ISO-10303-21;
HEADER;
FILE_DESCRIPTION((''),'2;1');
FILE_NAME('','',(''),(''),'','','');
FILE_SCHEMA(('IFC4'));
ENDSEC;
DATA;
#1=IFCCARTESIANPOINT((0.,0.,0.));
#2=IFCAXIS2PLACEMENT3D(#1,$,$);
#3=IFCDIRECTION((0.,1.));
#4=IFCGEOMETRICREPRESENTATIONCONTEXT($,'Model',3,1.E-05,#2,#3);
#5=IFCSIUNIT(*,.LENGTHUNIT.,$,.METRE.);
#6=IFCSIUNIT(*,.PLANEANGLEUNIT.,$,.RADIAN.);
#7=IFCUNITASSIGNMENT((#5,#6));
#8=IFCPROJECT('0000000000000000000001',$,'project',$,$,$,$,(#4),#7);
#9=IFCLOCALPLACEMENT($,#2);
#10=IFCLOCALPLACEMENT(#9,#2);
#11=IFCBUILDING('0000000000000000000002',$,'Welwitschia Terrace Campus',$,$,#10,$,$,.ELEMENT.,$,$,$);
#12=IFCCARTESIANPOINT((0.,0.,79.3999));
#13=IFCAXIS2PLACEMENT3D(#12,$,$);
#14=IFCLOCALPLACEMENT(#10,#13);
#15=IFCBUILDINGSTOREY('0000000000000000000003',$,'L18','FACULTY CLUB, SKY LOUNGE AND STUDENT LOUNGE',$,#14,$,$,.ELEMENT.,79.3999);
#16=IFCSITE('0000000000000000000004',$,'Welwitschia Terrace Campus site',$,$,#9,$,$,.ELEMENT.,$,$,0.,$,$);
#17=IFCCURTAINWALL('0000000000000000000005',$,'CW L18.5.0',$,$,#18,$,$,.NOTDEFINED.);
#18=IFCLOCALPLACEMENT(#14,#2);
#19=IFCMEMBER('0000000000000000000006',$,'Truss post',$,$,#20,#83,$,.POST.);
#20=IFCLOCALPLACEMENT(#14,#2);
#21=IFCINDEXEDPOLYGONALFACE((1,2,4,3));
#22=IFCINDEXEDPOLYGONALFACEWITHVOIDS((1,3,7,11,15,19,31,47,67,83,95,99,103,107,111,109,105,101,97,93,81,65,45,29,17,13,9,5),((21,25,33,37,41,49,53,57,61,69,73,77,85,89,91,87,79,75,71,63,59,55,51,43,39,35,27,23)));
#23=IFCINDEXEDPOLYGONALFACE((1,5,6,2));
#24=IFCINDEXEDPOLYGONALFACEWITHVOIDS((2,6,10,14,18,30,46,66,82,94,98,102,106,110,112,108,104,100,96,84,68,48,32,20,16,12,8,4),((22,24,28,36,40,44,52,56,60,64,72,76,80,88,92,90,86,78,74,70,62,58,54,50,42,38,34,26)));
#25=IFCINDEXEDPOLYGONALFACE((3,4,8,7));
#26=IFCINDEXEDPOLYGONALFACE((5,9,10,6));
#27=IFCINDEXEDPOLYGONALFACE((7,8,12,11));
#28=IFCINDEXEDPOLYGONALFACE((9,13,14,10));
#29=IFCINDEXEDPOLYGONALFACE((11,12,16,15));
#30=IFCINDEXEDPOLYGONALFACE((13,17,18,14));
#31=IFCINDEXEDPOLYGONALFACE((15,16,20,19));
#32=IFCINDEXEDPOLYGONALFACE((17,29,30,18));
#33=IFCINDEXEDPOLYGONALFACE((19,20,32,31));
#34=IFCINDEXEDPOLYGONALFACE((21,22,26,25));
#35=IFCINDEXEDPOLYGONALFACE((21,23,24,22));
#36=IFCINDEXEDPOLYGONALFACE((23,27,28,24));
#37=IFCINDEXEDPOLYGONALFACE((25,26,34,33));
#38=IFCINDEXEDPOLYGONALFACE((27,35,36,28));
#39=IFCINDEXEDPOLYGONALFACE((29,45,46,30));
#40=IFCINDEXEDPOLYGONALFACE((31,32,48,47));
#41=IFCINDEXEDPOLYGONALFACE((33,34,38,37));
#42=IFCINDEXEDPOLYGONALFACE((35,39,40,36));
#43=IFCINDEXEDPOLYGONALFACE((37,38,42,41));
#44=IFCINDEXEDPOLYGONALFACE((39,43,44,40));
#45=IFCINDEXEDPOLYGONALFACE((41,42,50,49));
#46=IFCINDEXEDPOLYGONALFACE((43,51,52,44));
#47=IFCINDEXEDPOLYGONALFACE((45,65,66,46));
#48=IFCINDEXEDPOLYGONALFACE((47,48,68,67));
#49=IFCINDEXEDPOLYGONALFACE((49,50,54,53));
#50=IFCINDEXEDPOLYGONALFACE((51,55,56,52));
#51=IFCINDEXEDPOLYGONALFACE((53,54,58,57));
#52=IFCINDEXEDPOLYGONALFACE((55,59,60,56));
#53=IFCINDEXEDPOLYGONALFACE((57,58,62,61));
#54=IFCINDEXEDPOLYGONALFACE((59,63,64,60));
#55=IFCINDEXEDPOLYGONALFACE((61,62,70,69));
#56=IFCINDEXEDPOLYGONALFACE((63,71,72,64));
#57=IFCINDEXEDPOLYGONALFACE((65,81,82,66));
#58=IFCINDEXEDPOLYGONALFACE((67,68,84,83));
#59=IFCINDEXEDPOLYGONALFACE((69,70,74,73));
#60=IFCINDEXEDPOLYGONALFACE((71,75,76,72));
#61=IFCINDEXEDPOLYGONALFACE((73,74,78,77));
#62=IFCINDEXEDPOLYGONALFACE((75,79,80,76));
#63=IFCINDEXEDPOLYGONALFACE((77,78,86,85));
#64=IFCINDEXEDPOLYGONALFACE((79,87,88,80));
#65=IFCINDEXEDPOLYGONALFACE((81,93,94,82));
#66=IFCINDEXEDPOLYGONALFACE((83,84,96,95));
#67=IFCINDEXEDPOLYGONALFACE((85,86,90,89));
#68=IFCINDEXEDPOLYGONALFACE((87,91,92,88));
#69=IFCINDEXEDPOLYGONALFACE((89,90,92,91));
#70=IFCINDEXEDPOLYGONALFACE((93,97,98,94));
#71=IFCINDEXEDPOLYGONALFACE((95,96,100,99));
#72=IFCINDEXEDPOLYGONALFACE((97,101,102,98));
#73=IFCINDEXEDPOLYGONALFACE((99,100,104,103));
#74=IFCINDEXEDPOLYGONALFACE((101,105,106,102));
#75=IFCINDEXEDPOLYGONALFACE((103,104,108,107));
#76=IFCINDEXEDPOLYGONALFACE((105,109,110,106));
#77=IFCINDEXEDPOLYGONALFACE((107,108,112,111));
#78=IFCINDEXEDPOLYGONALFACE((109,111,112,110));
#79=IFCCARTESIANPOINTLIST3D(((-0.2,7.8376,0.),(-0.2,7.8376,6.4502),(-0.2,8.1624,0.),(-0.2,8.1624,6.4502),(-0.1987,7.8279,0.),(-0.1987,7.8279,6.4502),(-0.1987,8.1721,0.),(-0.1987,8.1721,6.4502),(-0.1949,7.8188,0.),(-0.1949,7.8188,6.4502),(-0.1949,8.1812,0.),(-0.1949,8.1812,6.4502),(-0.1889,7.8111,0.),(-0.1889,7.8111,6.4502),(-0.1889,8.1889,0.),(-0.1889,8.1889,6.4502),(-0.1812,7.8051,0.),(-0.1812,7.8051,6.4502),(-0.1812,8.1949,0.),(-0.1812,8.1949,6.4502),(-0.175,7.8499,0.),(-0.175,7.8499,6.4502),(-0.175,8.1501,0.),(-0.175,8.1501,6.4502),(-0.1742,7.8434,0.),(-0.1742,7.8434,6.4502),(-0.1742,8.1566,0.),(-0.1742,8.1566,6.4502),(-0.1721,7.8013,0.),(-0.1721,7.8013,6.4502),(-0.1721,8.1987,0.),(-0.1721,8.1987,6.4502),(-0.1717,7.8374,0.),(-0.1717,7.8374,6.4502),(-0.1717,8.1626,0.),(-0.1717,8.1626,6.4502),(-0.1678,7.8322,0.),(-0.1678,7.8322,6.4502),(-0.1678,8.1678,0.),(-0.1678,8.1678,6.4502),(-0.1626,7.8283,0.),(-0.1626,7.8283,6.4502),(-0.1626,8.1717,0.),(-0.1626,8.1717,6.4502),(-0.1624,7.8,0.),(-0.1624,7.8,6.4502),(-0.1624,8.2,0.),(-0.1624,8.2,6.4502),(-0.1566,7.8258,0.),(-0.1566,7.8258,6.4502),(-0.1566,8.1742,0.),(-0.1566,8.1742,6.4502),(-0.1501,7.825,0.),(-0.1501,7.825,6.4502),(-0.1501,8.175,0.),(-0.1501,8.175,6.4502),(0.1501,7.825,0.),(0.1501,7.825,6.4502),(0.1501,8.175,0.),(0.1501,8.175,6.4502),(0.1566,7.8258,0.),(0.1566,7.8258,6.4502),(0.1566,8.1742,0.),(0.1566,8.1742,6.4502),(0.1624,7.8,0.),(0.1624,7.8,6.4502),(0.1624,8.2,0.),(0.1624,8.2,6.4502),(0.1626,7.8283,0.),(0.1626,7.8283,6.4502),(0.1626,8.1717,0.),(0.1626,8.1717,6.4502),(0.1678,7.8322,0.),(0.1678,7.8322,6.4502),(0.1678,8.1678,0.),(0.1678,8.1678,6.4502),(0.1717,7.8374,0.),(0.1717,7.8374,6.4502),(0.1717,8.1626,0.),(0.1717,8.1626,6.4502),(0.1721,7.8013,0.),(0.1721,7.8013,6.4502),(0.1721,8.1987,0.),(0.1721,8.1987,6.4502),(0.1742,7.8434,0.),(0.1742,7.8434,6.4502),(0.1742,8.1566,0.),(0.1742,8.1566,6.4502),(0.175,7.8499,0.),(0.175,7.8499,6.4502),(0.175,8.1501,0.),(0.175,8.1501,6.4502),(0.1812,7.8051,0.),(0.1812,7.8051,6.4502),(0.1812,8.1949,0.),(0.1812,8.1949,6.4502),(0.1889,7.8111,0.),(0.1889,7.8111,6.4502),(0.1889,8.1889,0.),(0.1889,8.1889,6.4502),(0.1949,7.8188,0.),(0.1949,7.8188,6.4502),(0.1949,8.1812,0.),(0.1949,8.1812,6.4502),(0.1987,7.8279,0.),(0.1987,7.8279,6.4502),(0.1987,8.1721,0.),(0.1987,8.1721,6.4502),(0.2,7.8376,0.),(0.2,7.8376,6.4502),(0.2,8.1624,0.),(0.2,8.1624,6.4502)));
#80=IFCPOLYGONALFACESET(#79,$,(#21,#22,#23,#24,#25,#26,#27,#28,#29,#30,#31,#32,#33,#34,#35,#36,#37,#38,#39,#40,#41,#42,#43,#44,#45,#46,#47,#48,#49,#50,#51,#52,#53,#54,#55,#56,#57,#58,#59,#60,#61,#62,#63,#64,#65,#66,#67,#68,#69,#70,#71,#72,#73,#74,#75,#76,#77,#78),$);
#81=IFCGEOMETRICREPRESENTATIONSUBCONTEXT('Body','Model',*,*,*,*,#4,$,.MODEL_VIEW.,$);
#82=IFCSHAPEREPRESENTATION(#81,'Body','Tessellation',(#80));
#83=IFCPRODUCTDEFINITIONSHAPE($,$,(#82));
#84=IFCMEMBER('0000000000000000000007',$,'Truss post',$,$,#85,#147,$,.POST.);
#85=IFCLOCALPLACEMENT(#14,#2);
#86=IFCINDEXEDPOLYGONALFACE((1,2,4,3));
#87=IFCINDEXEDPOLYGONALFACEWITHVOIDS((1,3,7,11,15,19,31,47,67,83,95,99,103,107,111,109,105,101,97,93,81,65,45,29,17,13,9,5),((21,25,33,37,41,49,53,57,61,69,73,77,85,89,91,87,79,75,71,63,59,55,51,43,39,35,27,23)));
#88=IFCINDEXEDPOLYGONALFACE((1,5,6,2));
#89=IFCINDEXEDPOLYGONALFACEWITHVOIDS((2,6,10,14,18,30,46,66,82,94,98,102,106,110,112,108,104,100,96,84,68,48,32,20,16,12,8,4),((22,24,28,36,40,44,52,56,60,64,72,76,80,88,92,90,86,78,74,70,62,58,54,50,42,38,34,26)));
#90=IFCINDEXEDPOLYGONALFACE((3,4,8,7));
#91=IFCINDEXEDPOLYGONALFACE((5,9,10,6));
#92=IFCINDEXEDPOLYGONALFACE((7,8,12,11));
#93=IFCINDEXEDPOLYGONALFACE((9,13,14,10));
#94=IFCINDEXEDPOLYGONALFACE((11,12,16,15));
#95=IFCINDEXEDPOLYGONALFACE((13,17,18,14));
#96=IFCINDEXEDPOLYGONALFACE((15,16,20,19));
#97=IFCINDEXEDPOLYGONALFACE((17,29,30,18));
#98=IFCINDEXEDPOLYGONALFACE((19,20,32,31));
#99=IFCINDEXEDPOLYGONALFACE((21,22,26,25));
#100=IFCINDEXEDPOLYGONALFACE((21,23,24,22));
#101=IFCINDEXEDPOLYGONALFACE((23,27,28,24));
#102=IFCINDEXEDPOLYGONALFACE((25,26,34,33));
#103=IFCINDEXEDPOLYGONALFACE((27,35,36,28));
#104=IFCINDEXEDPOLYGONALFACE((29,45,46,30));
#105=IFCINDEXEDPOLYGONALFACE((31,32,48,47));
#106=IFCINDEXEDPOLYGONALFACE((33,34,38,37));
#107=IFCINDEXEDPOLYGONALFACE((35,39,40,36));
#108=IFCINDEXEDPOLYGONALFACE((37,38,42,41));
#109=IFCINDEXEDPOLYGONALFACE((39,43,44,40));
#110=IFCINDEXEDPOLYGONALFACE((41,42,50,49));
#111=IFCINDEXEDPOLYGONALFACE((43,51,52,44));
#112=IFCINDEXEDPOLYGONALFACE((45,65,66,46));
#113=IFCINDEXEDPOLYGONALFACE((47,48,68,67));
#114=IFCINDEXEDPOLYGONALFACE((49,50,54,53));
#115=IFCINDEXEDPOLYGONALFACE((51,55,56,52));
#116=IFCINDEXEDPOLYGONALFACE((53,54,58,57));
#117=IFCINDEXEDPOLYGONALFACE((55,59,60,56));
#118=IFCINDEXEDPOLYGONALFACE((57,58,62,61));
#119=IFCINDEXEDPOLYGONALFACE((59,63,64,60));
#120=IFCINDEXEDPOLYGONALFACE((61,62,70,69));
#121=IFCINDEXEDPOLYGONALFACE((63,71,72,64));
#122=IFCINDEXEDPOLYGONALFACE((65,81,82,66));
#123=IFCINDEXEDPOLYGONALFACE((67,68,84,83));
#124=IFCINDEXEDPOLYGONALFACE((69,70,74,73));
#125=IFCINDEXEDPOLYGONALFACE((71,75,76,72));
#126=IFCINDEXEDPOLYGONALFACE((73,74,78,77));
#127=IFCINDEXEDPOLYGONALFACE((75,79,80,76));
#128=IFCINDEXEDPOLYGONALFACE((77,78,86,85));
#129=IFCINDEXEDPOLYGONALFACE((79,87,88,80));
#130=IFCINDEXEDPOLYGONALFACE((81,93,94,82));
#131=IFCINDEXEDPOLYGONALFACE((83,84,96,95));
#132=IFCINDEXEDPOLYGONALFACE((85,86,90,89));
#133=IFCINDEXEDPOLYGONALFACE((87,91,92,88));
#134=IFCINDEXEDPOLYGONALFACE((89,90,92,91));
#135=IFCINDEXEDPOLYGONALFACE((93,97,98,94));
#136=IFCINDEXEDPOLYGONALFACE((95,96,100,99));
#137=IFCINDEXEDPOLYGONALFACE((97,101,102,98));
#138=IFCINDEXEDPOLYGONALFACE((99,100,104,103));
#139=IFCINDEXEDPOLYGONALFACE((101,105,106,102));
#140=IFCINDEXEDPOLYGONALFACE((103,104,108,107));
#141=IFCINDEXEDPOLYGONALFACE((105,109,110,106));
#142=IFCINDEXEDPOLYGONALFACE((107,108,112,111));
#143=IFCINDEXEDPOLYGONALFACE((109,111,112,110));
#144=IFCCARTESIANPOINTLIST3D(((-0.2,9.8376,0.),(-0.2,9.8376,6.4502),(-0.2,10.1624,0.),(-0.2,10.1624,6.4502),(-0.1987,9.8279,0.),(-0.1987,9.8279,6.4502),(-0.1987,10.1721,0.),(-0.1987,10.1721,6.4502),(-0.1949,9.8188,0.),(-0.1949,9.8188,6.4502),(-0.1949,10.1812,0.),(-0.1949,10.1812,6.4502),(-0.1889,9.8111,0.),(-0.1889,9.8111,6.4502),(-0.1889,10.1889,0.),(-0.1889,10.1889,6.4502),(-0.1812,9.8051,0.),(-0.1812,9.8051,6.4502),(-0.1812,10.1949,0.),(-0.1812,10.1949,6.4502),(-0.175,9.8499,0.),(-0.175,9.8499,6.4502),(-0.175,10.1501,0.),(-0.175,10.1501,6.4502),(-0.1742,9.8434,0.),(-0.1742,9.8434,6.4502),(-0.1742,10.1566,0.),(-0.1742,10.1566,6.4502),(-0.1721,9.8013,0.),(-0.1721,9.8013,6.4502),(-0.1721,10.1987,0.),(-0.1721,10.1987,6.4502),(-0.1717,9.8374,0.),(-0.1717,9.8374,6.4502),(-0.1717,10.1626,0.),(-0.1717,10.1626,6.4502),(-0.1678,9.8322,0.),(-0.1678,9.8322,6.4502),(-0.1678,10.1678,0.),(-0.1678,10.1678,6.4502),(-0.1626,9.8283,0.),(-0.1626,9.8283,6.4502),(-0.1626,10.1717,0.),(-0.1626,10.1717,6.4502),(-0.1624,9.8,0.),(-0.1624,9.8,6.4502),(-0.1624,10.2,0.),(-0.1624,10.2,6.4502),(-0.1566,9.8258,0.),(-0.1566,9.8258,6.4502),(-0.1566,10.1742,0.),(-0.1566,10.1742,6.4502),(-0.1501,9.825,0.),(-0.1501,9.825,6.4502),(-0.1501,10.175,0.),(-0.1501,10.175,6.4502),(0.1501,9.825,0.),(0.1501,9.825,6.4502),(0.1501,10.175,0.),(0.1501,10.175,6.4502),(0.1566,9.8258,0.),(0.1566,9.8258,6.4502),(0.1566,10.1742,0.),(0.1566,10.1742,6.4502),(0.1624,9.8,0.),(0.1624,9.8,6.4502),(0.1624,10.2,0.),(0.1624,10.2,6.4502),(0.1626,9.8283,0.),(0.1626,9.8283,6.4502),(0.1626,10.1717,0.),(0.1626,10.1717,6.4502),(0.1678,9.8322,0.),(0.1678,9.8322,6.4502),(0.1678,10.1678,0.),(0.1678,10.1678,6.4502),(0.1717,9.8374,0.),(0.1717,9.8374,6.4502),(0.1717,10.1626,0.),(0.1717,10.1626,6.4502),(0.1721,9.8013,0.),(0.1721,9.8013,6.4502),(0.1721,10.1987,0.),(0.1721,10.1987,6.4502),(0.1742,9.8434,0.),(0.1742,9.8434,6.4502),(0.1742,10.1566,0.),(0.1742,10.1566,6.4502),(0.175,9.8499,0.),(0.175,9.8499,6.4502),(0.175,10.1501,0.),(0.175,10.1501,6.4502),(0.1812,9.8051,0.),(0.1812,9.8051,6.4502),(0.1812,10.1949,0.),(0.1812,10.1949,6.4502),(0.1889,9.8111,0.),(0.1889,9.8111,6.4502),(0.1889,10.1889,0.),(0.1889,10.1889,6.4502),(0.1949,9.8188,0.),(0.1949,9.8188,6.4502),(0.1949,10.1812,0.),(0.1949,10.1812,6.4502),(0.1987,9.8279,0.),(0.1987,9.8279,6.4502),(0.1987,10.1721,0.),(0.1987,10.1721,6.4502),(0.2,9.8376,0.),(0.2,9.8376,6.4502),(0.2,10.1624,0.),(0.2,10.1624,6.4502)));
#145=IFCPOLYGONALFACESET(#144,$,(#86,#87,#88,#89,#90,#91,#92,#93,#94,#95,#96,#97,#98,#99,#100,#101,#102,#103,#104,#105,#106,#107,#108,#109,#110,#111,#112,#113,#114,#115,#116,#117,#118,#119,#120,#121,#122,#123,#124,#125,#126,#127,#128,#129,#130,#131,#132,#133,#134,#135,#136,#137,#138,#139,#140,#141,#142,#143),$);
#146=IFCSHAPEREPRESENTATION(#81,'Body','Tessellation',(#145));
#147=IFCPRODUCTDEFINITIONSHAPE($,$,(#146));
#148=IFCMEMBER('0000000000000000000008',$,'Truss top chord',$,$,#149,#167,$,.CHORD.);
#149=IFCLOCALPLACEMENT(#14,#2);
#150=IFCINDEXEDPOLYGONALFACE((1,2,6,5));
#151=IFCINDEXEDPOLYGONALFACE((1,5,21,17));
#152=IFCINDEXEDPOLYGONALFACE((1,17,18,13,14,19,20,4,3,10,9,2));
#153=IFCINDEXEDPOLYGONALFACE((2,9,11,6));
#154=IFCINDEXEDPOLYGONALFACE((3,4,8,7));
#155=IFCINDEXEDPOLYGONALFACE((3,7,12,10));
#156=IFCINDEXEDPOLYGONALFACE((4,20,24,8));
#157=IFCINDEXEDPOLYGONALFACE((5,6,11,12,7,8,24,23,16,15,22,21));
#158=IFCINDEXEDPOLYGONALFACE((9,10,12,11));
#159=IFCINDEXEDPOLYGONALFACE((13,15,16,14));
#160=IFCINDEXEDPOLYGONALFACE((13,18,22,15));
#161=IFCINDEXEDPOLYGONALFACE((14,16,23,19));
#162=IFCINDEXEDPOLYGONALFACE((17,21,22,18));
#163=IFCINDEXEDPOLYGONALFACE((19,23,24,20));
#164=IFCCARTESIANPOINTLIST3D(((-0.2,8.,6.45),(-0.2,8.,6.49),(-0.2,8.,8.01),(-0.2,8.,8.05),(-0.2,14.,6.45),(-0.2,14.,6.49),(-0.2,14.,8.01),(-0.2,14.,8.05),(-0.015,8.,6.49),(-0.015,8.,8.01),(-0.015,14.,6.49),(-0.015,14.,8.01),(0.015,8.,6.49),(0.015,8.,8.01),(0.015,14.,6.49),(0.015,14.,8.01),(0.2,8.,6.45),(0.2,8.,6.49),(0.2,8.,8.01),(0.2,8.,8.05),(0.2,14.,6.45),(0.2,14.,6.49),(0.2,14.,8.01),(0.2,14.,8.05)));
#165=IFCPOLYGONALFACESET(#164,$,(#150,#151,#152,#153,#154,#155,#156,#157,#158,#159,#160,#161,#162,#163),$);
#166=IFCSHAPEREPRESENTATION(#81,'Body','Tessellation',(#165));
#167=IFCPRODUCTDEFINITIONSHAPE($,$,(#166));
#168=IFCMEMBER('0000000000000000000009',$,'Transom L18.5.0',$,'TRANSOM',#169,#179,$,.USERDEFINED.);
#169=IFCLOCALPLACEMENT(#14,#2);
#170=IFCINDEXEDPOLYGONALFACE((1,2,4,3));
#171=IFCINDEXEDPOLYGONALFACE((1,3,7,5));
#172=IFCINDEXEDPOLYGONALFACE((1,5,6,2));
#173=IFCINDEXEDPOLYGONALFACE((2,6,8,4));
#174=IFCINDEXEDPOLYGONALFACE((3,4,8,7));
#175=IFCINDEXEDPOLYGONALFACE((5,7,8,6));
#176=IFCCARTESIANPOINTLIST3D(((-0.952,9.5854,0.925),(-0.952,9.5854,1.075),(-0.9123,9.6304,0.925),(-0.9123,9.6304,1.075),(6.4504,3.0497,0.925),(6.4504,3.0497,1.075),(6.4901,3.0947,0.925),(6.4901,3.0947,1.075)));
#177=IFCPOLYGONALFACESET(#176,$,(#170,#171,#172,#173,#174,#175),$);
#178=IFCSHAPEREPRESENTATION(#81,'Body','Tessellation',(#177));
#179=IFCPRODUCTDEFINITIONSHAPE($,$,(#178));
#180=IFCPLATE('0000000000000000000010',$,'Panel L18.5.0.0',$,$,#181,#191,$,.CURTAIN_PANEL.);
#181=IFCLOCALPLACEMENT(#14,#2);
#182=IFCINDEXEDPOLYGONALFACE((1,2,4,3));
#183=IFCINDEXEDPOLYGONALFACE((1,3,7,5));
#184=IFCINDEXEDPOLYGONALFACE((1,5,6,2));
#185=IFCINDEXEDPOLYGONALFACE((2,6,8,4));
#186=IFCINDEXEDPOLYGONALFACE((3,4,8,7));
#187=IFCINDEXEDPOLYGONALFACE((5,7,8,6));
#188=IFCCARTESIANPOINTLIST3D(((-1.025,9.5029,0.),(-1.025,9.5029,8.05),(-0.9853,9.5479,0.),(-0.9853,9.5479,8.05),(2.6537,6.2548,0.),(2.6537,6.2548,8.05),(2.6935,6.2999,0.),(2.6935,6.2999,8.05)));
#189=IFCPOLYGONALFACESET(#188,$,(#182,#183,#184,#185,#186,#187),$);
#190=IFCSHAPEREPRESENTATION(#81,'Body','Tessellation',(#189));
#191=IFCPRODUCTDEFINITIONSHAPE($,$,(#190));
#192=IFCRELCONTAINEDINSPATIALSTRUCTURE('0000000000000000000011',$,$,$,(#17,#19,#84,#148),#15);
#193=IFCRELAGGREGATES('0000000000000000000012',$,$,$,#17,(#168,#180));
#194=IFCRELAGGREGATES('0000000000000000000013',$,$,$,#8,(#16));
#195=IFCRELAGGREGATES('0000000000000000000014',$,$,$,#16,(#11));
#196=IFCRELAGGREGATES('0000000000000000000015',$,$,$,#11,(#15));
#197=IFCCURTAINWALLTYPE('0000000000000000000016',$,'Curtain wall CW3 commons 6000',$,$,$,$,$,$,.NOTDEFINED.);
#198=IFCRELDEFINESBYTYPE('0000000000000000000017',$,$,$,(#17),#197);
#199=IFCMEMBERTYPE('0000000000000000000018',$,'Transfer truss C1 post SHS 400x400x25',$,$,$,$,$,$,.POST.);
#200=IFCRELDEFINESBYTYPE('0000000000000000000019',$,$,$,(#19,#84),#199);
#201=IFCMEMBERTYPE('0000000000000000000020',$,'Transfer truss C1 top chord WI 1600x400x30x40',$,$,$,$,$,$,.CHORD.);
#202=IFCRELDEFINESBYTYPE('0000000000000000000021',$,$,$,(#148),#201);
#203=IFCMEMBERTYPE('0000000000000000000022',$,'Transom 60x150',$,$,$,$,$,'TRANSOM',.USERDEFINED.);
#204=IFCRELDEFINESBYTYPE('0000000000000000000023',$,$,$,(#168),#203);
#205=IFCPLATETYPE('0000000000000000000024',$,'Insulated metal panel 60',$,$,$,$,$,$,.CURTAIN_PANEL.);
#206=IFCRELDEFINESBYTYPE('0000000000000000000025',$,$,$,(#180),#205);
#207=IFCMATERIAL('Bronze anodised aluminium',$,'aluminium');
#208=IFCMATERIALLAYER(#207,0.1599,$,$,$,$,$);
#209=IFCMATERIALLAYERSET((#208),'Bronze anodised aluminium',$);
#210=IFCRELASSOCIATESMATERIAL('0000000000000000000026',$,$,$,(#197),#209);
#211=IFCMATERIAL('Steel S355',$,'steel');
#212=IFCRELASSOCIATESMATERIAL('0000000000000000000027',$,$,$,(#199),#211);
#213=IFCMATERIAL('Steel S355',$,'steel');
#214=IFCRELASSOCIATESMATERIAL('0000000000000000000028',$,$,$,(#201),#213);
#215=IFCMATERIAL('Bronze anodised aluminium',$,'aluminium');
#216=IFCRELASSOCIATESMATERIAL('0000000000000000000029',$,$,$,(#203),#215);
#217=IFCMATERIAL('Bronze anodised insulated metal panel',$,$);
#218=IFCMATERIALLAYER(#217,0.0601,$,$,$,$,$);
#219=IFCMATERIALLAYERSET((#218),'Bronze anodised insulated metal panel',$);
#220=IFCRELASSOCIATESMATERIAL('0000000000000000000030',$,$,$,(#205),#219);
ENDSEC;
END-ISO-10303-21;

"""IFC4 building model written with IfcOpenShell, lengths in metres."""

from ifc_helpers import new_model, si_unit, direction, frame, origin, origin_2d, place, context, subcontext, project, spatial, rectangle, hollow_rectangle, i_section, extrude, material, layer, layer_set, material_profile, profile_set, type_object, element, aggregate, save


model = new_model("IFC4")

# Units and contexts
model_context = context("Model", 3, precision=1e-05, world=origin(), true_north=direction((0.0, 1.0)))
body_context = subcontext(model_context, "Body", "Model", "MODEL_VIEW")
ifc_project = project(units=[si_unit("LENGTHUNIT", "METRE"), si_unit("PLANEANGLEUNIT", "RADIAN")], contexts=[model_context])

# Site, building, storey
site_placement = place(None, origin())
site = spatial("IfcSite", under=ifc_project, at=site_placement, Name="Welwitschia Terrace Campus site", CompositionType="ELEMENT", RefElevation=0.0)
building_placement = place(site_placement, origin())
building = spatial("IfcBuilding", under=site, at=building_placement, Name="Welwitschia Terrace Campus", CompositionType="ELEMENT")
storey_placement = place(building_placement, frame((0.0, 0.0, 79.3999)))
storey = spatial("IfcBuildingStorey", under=building, at=storey_placement, Name="L18", Description="FACULTY CLUB, SKY LOUNGE AND STUDENT LOUNGE", CompositionType="ELEMENT", Elevation=79.3999)

# Shared definitions
ifc_material_1 = material(Name="Bronze anodised aluminium", Category="aluminium")
ifc_layer_1 = layer(ifc_material_1, 0.1599)
ifc_layer_set_1 = layer_set([ifc_layer_1], Name="Bronze anodised aluminium")
curtain_wall_type = type_object("IfcCurtainWallType", Name="Curtain wall CW3 commons 6000", PredefinedType="NOTDEFINED", material=ifc_layer_set_1)

# Curtain wall
curtain_wall_1_placement = place(storey_placement, origin())
curtain_wall_1 = element("IfcCurtainWall", 1, at=curtain_wall_1_placement, inside=storey, type_object=curtain_wall_type, Name="CW L18.5.0", PredefinedType="NOTDEFINED")

# Members
ifc_material_2 = material(Name="Steel S355", Category="steel")
ifc_material_profile_1 = material_profile(ifc_material_2, hollow_rectangle(XDim=0.3999, YDim=0.3999, WallThickness=0.0249, InnerFilletRadius=0.0249, OuterFilletRadius=0.0376, at=origin_2d()))
ifc_profile_set_1 = profile_set([ifc_material_profile_1], Name="Steel S355")
member_type_1 = type_object("IfcMemberType", Name="Transfer truss C1 post SHS 400x400x25", PredefinedType="POST", material=ifc_profile_set_1)
for number, where, z_axis, x_axis, name in (
    (2, (0.0, 8.0, 0.0), (0.0, 0.0, 1.0), (1.0, 0.0, 0.0), "Truss post"),
    (3, (0.0, 10.0, 0.0), (0.0, 0.0, 1.0), (1.0, 0.0, 0.0), "Truss post"),
):
    element("IfcMember", number, at=place(storey_placement, frame(where, z_axis=z_axis, x_axis=x_axis)), inside=storey, type_object=member_type_1, Name=name, PredefinedType="POST", context=body_context, shape_type="SweptSolid", body=[
        extrude(hollow_rectangle(XDim=0.3999, YDim=0.3999, WallThickness=0.0249, InnerFilletRadius=0.0249, OuterFilletRadius=0.0376, at=origin_2d()), origin(), (0.0, 0.0, 1.0), 6.4502),
    ])
ifc_material_3 = material(Name="Steel S355", Category="steel")
ifc_material_profile_2 = material_profile(ifc_material_3, i_section(OverallWidth=0.3999, OverallDepth=1.6001, WebThickness=0.03, FlangeThickness=0.04, at=origin_2d()))
ifc_profile_set_2 = profile_set([ifc_material_profile_2], Name="Steel S355")
member_type_2 = type_object("IfcMemberType", Name="Transfer truss C1 top chord WI 1600x400x30x40", PredefinedType="CHORD", material=ifc_profile_set_2)
member_1_placement = place(storey_placement, frame((0.0, 8.0, 7.25), z_axis=(0.0, 1.0, 0.0), x_axis=(-1.0, 0.0, 0.0)))
element("IfcMember", 4, at=member_1_placement, inside=storey, type_object=member_type_2, Name="Truss top chord", PredefinedType="CHORD", context=body_context, shape_type="SweptSolid", body=[
    extrude(i_section(OverallWidth=0.3999, OverallDepth=1.6001, WebThickness=0.03, FlangeThickness=0.04, at=origin_2d()), origin(), (0.0, 0.0, 1.0), 6.0),
])

# Member
ifc_material_4 = material(Name="Bronze anodised aluminium", Category="aluminium")
ifc_material_profile_3 = material_profile(ifc_material_4, rectangle(XDim=0.0601, YDim=0.1499, at=origin_2d()))
ifc_profile_set_3 = profile_set([ifc_material_profile_3], Name="Bronze anodised aluminium")
member_type_3 = type_object("IfcMemberType", Name="Transom 60x150", ElementType="TRANSOM", PredefinedType="USERDEFINED", material=ifc_profile_set_3)
member_2_placement = place(storey_placement, frame((-0.9321, 9.6079, 1.0), z_axis=(0.749629, -0.661859, 0.0), x_axis=(0.661859, 0.749629, 0.0)))
member_2 = element("IfcMember", 5, at=member_2_placement, type_object=member_type_3, Name="Transom L18.5.0", ObjectType="TRANSOM", PredefinedType="USERDEFINED", context=body_context, shape_type="SweptSolid", body=[
    extrude(rectangle(XDim=0.0601, YDim=0.1499, at=origin_2d()), origin(), (0.0, 0.0, 1.0), 9.8748),
])

# Plate
ifc_material_5 = material(Name="Bronze anodised insulated metal panel")
ifc_layer_2 = layer(ifc_material_5, 0.0601)
ifc_layer_set_2 = layer_set([ifc_layer_2], Name="Bronze anodised insulated metal panel")
plate_type = type_object("IfcPlateType", Name="Insulated metal panel 60", PredefinedType="CURTAIN_PANEL", material=ifc_layer_set_2)
plate_placement = place(storey_placement, frame((0.8342, 7.9014, 0.0), z_axis=(0.0, 0.0, 1.0), x_axis=(0.74963, -0.661858, 0.0)))
plate = element("IfcPlate", 6, at=plate_placement, type_object=plate_type, Name="Panel L18.5.0.0", PredefinedType="CURTAIN_PANEL", context=body_context, shape_type="SweptSolid", body=[
    extrude(rectangle(XDim=4.9075, YDim=0.0601, at=origin_2d()), origin(), (0.0, 0.0, 1.0), 8.05),
])
aggregate(curtain_wall_1, [member_2, plate])

save(model, "model.ifc")
